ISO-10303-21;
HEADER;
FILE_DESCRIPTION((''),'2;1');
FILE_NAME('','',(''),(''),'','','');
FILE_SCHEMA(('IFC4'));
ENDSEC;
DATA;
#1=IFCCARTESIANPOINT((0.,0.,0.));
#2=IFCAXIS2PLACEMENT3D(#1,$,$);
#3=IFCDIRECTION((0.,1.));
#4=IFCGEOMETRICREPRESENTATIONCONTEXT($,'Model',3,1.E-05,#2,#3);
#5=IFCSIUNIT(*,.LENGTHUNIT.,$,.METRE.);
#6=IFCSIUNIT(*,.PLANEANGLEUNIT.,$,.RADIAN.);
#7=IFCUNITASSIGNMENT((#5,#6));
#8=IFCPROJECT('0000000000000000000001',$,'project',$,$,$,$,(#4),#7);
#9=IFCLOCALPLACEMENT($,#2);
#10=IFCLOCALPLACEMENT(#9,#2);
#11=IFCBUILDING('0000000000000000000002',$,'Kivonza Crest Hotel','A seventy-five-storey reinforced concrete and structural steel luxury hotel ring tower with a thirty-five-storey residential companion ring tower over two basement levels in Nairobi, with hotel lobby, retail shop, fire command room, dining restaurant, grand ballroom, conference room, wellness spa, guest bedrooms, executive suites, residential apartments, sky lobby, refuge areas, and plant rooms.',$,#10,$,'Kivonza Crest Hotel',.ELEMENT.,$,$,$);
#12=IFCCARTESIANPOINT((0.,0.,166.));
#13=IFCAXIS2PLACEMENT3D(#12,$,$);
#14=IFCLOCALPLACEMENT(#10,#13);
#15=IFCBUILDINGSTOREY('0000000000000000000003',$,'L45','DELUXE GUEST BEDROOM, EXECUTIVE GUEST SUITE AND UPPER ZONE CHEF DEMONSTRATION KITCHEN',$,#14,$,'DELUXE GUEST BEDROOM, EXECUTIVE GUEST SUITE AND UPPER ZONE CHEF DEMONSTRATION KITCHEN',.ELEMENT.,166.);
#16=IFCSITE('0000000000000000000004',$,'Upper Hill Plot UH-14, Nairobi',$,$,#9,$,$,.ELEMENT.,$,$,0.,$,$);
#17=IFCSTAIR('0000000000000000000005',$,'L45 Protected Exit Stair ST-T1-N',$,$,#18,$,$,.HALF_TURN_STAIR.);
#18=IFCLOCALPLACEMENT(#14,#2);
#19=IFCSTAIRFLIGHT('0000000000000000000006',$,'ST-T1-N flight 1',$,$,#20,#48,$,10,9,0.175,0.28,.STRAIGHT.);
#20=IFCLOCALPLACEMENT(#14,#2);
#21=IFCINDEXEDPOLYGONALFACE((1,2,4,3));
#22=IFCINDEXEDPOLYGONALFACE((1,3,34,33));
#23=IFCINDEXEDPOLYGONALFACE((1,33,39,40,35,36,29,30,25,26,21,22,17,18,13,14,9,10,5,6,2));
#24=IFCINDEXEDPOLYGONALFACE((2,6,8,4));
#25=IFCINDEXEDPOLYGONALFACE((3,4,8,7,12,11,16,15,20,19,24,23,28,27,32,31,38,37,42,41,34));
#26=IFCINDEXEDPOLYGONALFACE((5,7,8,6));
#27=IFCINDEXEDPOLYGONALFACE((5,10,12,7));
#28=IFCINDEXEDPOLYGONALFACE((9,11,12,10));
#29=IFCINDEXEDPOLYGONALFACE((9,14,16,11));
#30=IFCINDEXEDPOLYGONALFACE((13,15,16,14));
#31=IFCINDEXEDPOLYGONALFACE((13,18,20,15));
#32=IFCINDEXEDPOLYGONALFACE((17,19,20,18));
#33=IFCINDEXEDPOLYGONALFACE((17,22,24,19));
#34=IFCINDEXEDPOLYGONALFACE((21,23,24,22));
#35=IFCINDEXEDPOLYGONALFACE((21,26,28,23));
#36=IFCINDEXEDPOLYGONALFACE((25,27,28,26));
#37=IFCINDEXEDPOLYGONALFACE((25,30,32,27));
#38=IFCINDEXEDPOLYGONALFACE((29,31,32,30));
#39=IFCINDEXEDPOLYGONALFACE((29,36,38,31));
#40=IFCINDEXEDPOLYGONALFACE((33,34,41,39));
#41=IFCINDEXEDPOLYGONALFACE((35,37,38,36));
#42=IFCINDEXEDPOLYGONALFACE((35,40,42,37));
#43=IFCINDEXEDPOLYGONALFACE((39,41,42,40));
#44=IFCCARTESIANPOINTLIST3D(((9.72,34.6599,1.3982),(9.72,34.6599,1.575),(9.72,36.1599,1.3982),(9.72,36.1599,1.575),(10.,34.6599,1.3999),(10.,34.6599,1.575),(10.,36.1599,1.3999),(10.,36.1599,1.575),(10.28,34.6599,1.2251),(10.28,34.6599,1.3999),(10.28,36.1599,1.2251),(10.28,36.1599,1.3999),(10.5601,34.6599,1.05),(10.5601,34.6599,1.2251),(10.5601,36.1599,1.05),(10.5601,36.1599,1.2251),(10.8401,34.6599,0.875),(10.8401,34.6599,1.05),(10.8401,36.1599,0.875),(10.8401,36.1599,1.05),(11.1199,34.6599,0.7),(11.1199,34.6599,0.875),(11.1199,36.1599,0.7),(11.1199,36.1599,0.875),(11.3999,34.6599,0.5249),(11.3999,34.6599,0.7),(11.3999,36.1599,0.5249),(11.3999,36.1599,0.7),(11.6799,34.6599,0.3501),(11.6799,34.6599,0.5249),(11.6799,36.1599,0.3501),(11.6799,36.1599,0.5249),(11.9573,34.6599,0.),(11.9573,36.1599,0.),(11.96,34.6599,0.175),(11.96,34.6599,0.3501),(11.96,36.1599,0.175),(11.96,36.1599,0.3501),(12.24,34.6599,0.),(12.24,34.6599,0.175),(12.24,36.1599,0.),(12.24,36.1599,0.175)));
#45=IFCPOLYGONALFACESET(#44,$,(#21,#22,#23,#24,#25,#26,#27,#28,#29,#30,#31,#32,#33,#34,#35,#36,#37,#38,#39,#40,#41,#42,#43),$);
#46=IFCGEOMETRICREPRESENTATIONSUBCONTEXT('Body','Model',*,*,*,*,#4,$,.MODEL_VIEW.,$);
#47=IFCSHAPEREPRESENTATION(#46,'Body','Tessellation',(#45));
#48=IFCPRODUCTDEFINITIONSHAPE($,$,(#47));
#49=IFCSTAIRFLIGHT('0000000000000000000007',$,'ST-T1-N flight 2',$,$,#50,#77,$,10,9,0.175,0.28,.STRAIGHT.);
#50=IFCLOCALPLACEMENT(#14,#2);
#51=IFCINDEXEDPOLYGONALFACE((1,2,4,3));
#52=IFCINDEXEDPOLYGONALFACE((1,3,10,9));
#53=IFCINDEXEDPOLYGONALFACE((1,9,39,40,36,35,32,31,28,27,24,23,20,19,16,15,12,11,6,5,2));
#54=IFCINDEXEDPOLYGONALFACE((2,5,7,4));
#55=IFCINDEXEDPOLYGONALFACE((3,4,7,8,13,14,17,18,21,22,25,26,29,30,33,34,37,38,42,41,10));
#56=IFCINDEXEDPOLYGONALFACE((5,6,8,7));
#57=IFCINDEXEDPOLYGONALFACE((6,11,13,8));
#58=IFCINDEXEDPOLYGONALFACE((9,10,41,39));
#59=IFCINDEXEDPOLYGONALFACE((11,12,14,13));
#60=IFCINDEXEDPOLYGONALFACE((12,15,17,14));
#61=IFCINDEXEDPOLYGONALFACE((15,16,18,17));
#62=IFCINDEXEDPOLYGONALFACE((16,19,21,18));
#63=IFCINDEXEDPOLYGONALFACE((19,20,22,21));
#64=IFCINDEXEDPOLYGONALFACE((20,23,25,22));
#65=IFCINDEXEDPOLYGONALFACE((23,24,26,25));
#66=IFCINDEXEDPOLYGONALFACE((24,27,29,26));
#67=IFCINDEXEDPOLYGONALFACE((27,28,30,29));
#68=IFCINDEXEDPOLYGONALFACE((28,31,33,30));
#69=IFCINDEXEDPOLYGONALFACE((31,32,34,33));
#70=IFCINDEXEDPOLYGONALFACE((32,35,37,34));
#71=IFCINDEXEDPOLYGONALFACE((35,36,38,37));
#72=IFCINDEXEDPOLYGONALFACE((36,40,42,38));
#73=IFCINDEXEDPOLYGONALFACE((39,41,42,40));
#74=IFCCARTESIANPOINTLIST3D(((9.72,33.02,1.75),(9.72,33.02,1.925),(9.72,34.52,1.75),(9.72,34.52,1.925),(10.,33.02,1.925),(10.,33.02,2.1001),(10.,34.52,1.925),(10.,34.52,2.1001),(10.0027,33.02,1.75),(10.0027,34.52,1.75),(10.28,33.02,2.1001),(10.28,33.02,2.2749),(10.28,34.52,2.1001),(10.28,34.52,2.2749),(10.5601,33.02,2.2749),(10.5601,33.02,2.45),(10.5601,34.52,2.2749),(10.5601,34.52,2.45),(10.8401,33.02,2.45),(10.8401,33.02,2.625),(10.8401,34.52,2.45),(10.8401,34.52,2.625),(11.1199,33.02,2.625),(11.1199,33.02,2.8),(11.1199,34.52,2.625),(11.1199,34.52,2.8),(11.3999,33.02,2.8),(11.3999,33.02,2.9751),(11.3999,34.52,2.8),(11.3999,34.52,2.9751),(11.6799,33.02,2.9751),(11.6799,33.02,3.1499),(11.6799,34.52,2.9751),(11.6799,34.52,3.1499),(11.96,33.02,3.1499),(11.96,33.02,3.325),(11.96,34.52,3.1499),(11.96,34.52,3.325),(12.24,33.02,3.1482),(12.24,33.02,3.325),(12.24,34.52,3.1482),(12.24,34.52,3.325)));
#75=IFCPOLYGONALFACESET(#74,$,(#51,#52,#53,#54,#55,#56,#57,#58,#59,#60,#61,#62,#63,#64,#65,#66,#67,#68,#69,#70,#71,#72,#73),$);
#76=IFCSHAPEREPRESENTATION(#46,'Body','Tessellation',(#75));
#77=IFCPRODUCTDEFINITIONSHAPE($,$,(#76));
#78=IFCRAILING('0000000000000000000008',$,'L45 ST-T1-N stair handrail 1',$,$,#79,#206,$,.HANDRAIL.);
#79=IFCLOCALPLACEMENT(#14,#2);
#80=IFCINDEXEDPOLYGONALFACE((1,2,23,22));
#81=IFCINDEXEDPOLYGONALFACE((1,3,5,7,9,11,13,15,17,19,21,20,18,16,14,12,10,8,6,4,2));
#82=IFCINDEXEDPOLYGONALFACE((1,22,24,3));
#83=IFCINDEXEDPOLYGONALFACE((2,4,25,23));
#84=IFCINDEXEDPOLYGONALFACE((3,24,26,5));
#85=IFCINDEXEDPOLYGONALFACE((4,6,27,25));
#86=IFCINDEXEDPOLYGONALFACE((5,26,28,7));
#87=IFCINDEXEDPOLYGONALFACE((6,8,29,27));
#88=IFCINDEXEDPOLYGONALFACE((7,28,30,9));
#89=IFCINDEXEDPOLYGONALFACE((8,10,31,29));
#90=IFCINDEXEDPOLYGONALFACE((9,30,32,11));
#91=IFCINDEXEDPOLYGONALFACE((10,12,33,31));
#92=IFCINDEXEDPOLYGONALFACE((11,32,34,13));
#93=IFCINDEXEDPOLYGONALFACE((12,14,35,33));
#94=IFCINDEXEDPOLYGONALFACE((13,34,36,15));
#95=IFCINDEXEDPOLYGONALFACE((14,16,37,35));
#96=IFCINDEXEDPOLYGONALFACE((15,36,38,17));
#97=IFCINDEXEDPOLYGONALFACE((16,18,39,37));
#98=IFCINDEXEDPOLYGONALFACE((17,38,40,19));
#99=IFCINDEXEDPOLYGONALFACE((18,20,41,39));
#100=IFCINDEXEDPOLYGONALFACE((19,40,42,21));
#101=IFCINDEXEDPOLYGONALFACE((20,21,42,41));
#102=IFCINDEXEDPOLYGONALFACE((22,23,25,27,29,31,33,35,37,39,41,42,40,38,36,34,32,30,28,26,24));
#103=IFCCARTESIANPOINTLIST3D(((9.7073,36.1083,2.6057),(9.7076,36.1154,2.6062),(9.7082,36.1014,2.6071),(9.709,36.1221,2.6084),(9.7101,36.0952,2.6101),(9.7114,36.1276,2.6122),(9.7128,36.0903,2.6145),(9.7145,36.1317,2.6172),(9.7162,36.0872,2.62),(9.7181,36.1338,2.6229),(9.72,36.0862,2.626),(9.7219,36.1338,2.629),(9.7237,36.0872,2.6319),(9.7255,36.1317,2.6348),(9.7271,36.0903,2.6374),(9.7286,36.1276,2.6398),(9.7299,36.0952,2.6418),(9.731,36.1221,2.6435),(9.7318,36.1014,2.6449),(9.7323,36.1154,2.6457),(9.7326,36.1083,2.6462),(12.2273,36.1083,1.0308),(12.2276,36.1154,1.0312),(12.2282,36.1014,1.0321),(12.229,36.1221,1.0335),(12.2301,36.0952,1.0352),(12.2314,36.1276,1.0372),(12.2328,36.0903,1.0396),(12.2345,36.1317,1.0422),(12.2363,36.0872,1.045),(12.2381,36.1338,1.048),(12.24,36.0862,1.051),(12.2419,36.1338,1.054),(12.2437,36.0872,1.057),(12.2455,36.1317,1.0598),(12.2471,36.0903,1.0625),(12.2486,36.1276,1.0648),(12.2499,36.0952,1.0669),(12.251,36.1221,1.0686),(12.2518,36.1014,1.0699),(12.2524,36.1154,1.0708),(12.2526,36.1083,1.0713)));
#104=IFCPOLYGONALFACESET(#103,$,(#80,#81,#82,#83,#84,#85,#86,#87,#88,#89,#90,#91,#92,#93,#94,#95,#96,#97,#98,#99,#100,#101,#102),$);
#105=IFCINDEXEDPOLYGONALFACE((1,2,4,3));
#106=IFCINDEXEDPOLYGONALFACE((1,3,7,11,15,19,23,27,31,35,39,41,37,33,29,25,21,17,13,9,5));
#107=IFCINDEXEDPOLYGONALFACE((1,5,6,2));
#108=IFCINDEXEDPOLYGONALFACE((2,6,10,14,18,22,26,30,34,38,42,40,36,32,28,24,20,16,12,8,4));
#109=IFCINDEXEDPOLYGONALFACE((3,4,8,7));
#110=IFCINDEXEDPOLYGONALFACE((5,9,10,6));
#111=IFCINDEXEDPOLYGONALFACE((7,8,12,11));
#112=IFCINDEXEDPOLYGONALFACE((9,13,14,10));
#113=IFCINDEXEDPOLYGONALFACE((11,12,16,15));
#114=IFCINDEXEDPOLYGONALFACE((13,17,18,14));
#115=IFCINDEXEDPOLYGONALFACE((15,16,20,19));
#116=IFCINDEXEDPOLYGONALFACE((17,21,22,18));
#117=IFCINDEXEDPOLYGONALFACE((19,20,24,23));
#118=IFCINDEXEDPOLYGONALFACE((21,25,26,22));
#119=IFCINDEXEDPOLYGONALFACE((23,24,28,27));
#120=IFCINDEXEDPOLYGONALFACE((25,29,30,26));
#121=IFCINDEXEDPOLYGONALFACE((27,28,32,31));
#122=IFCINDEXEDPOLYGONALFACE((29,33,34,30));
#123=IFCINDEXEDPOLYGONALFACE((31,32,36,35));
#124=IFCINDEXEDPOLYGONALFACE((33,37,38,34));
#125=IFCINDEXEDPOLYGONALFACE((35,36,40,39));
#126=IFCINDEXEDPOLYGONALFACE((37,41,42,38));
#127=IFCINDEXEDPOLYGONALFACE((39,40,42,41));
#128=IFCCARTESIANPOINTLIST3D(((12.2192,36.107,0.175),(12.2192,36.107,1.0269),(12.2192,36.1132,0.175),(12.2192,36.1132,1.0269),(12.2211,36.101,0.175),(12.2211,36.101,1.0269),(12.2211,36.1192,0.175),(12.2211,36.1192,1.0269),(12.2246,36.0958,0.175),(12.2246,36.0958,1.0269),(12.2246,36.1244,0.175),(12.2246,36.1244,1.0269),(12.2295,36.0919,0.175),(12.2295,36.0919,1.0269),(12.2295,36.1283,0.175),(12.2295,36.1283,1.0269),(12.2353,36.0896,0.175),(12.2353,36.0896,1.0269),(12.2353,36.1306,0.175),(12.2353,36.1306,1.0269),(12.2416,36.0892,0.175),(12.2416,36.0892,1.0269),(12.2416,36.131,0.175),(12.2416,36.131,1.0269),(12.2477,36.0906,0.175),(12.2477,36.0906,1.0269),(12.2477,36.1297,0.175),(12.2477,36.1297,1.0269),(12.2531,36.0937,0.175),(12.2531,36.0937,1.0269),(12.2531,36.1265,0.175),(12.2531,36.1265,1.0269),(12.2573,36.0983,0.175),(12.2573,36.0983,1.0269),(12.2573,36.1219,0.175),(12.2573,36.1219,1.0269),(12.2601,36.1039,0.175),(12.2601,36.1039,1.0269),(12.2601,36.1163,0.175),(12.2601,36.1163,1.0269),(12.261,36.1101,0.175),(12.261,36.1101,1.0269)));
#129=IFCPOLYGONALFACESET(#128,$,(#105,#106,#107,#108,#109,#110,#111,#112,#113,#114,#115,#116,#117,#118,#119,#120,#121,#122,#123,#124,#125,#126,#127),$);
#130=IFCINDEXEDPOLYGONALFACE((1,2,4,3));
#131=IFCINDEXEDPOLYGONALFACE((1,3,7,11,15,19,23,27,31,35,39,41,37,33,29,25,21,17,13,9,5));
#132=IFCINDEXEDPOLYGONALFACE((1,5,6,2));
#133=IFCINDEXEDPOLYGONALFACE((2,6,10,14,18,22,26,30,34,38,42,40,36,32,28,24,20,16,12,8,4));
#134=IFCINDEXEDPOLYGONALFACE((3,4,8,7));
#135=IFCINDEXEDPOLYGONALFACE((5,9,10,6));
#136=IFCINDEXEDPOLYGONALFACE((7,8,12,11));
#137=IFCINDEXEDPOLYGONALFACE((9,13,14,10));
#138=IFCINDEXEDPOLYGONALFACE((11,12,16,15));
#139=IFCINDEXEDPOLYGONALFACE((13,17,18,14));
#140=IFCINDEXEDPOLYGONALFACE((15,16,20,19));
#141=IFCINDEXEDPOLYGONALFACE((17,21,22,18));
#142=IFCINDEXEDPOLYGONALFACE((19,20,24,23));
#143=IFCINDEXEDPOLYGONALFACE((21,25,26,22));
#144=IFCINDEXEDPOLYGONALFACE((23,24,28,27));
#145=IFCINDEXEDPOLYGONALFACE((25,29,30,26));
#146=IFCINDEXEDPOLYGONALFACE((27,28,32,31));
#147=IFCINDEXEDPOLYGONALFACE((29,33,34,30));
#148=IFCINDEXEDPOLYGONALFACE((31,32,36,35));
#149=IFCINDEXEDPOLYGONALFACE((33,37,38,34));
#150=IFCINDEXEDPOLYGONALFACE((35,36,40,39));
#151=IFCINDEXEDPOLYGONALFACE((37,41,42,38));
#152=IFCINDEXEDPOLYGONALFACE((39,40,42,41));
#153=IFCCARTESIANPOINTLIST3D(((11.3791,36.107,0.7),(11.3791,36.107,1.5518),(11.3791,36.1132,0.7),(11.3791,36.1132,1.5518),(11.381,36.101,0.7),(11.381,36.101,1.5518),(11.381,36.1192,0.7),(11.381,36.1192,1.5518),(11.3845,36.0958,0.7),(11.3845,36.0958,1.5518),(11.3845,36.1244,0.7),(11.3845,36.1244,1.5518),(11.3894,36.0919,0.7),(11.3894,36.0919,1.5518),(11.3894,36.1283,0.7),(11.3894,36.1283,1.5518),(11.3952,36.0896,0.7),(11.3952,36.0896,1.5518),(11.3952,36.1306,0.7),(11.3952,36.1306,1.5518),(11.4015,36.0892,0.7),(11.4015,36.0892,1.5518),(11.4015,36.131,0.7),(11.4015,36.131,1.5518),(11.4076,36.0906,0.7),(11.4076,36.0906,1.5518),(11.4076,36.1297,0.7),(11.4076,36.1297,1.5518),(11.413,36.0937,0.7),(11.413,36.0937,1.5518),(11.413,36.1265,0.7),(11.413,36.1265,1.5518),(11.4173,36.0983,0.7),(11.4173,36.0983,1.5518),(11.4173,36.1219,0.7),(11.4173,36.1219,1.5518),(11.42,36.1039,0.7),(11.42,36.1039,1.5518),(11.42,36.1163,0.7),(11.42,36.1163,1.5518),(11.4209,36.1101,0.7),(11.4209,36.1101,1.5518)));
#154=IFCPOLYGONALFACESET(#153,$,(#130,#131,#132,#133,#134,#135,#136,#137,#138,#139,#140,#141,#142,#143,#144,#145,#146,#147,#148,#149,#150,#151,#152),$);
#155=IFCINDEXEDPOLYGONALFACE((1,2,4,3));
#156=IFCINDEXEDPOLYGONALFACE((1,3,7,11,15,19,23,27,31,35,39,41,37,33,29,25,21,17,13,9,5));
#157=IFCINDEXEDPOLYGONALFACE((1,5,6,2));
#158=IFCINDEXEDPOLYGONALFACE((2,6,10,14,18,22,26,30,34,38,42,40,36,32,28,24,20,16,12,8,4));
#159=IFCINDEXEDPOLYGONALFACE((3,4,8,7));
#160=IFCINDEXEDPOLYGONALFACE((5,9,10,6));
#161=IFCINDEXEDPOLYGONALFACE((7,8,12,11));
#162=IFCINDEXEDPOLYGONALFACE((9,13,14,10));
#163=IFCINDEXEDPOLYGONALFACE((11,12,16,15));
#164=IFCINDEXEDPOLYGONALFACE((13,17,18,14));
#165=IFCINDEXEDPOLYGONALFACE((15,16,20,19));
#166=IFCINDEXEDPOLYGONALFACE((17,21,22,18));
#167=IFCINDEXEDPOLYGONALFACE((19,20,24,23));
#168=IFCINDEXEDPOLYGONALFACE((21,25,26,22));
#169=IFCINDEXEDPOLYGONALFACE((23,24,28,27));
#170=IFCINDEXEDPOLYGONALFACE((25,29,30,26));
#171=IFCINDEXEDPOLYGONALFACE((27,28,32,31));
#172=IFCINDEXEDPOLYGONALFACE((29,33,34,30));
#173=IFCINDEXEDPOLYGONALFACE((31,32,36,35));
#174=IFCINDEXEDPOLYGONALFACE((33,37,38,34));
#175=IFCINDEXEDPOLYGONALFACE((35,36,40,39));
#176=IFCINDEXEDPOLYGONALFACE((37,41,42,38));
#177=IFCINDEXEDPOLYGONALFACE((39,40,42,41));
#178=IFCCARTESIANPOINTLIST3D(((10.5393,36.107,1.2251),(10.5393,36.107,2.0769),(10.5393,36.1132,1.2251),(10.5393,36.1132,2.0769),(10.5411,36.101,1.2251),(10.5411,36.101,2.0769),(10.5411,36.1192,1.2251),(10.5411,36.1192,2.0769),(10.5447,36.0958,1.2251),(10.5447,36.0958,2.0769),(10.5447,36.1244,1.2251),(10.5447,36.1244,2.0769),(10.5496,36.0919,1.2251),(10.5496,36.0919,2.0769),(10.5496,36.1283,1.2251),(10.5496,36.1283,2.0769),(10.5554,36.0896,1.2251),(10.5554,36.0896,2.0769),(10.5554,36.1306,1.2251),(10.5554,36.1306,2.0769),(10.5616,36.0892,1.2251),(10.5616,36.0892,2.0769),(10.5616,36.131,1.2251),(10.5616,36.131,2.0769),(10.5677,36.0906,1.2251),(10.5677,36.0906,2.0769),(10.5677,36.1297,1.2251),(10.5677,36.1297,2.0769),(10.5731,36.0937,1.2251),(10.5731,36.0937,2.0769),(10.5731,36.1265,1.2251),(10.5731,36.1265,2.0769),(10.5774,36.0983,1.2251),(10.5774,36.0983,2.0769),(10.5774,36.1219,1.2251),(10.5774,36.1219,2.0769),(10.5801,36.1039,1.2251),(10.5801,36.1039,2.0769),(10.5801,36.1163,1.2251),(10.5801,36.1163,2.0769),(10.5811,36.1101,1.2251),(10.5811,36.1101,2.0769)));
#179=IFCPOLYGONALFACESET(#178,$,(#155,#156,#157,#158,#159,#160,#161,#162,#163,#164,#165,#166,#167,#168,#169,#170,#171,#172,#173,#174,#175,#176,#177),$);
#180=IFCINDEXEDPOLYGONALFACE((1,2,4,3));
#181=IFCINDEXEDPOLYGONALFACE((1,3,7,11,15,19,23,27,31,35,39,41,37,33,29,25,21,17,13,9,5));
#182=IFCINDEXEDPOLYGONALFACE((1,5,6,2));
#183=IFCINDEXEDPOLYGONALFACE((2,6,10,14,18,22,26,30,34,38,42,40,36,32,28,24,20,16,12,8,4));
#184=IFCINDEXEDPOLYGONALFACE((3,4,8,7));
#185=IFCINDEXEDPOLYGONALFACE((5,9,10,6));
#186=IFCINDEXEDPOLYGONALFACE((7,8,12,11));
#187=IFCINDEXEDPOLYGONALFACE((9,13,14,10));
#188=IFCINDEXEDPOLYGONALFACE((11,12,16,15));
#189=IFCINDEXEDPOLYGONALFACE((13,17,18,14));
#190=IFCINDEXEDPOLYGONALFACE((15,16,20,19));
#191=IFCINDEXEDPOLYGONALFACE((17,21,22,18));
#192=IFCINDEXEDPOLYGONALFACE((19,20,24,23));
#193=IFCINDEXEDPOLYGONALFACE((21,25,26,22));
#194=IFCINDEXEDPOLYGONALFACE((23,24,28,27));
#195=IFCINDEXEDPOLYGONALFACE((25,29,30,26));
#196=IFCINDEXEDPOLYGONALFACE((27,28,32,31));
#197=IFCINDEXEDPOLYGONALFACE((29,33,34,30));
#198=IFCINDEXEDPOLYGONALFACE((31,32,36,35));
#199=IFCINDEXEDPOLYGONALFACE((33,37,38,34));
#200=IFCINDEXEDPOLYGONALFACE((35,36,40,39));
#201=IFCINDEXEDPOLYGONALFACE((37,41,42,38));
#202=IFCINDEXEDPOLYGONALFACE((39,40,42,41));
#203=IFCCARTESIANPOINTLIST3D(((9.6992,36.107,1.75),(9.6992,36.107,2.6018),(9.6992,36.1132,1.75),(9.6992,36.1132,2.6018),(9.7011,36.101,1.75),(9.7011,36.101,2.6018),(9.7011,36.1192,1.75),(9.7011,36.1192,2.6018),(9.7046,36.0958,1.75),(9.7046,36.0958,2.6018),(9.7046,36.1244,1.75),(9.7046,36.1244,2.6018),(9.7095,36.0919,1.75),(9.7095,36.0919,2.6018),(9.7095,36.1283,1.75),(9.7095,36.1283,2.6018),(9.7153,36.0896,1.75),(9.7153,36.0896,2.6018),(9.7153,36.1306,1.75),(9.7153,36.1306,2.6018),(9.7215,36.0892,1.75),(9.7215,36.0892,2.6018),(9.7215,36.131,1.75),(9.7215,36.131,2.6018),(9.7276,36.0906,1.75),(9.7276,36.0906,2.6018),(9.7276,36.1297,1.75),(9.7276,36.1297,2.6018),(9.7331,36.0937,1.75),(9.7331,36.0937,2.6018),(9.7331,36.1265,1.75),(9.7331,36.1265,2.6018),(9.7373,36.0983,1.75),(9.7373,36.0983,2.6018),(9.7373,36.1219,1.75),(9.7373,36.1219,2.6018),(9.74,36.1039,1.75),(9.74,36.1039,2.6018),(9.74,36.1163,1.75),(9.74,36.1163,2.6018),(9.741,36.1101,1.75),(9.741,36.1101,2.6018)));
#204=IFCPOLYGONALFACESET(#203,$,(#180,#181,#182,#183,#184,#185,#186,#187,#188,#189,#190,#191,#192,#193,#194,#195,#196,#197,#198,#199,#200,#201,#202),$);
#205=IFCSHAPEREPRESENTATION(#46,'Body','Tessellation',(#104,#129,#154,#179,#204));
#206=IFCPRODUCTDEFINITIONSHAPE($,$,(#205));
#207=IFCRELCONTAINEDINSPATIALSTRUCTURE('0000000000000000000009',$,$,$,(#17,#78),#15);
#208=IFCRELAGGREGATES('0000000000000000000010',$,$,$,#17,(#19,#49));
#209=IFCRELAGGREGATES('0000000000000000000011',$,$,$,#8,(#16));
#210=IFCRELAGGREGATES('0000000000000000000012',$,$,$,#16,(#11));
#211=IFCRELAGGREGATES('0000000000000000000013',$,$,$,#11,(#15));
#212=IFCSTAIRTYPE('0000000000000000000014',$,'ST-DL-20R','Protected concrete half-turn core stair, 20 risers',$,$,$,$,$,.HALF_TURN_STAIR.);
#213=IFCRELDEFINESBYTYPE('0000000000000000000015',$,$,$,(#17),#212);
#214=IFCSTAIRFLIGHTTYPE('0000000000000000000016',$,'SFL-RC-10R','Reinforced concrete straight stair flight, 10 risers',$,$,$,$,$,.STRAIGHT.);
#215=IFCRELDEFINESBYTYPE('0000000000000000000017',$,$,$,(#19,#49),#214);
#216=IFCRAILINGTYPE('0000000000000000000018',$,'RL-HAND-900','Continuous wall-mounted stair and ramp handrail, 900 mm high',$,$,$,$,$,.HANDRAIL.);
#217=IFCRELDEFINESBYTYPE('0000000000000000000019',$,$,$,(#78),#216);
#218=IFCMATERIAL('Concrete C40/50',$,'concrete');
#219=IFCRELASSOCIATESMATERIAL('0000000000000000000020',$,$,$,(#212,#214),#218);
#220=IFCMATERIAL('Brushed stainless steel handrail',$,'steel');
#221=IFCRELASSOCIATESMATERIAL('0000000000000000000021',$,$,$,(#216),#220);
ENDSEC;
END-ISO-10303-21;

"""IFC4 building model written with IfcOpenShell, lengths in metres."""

from ifc_helpers import new_model, si_unit, direction, frame, origin, origin_2d, place, context, subcontext, project, spatial, polyline, circle, outline, extrude, material, type_object, element, aggregate, save


model = new_model("IFC4")

# Units and contexts
model_context = context("Model", 3, precision=1e-05, world=origin(), true_north=direction((0.0, 1.0)))
body_context = subcontext(model_context, "Body", "Model", "MODEL_VIEW")
ifc_project = project(units=[si_unit("LENGTHUNIT", "METRE"), si_unit("PLANEANGLEUNIT", "RADIAN")], contexts=[model_context])

# Site, building, storey
site_placement = place(None, origin())
site = spatial("IfcSite", under=ifc_project, at=site_placement, Name="Upper Hill Plot UH-14, Nairobi", CompositionType="ELEMENT", RefElevation=0.0)
building_placement = place(site_placement, origin())
building = spatial("IfcBuilding", under=site, at=building_placement, Name="Kivonza Crest Hotel", Description="A seventy-five-storey reinforced concrete and structural steel luxury hotel ring tower with a thirty-five-storey residential companion ring tower over two basement levels in Nairobi, with hotel lobby, retail shop, fire command room, dining restaurant, grand ballroom, conference room, wellness spa, guest bedrooms, executive suites, residential apartments, sky lobby, refuge areas, and plant rooms.", LongName="Kivonza Crest Hotel", CompositionType="ELEMENT")
storey_placement = place(building_placement, frame((0.0, 0.0, 166.0)))
storey = spatial("IfcBuildingStorey", under=building, at=storey_placement, Name="L45", Description="DELUXE GUEST BEDROOM, EXECUTIVE GUEST SUITE AND UPPER ZONE CHEF DEMONSTRATION KITCHEN", LongName="DELUXE GUEST BEDROOM, EXECUTIVE GUEST SUITE AND UPPER ZONE CHEF DEMONSTRATION KITCHEN", CompositionType="ELEMENT", Elevation=166.0)

# Stair, stair flights
ifc_material_1 = material(Name="Concrete C40/50", Category="concrete")
stair_type = type_object("IfcStairType", Name="ST-DL-20R", Description="Protected concrete half-turn core stair, 20 risers", PredefinedType="HALF_TURN_STAIR", material=ifc_material_1)
stair_placement = place(storey_placement, origin())
stair = element("IfcStair", 1, at=stair_placement, inside=storey, type_object=stair_type, Name="L45 Protected Exit Stair ST-T1-N", PredefinedType="HALF_TURN_STAIR")
stair_flight_type = type_object("IfcStairFlightType", Name="SFL-RC-10R", Description="Reinforced concrete straight stair flight, 10 risers", PredefinedType="STRAIGHT", material=ifc_material_1)
stair_flight_1_placement = place(storey_placement, frame((12.24, 35.4099, 0.0), z_axis=(0.0, 0.0, 1.0), x_axis=(-1.0, 0.0, 0.0)))
stair_flight_1 = element("IfcStairFlight", 2, at=stair_flight_1_placement, type_object=stair_flight_type, Name="ST-T1-N flight 1", NumberOfRisers=10, NumberOfTreads=9, PredefinedType="STRAIGHT", RiserHeight=0.175, TreadLength=0.28, context=body_context, shape_type="SweptSolid", body=[
    extrude(outline(polyline([(0.0, 0.0), (0.0, 0.175), (0.28, 0.175), (0.28, 0.3501), (0.5601, 0.3501), (0.5601, 0.5249), (0.8401, 0.5249), (0.8401, 0.7), (1.1201, 0.7), (1.1201, 0.875), (1.3999, 0.875), (1.3999, 1.05), (1.6799, 1.05), (1.6799, 1.2251), (1.96, 1.2251), (1.96, 1.3999), (2.24, 1.3999), (2.24, 1.575), (2.52, 1.575), (2.52, 1.75), (2.52, 1.3982), (0.2827, 0.0), (0.0, 0.0)])), frame((0.0, 0.75, 0.0), z_axis=(0.0, -1.0, 0.0), x_axis=(1.0, 0.0, 0.0)), (0.0, 0.0, 1.0), 1.5),
])
stair_flight_2_placement = place(storey_placement, frame((9.72, 33.77, 1.75), z_axis=(0.0, 0.0, 1.0), x_axis=(1.0, 0.0, 0.0)))
stair_flight_2 = element("IfcStairFlight", 3, at=stair_flight_2_placement, type_object=stair_flight_type, Name="ST-T1-N flight 2", NumberOfRisers=10, NumberOfTreads=9, PredefinedType="STRAIGHT", RiserHeight=0.175, TreadLength=0.28, context=body_context, shape_type="SweptSolid", body=[
    extrude(outline(polyline([(0.0, 0.0), (0.0, 0.175), (0.28, 0.175), (0.28, 0.3501), (0.5601, 0.3501), (0.5601, 0.5249), (0.8401, 0.5249), (0.8401, 0.7), (1.1201, 0.7), (1.1201, 0.875), (1.3999, 0.875), (1.3999, 1.05), (1.6799, 1.05), (1.6799, 1.2251), (1.96, 1.2251), (1.96, 1.3999), (2.24, 1.3999), (2.24, 1.575), (2.52, 1.575), (2.52, 1.75), (2.52, 1.3982), (0.2827, 0.0), (0.0, 0.0)])), frame((0.0, 0.75, 0.0), z_axis=(0.0, -1.0, 0.0), x_axis=(1.0, 0.0, 0.0)), (0.0, 0.0, 1.0), 1.5),
])
aggregate(stair, [stair_flight_1, stair_flight_2])

# Railing
ifc_material_2 = material(Name="Brushed stainless steel handrail", Category="steel")
railing_type_1 = type_object("IfcRailingType", Name="RL-HAND-900", Description="Continuous wall-mounted stair and ramp handrail, 900 mm high", PredefinedType="HANDRAIL", material=ifc_material_2)
railing_1_placement = place(storey_placement, frame((12.24, 36.1101, 0.175)))
element("IfcRailing", 4, at=railing_1_placement, inside=storey, type_object=railing_type_1, Name="L45 ST-T1-N stair handrail 1", PredefinedType="HANDRAIL", context=body_context, shape_type="SweptSolid", body=[
    extrude(circle(Radius=0.0239, at=origin_2d()), frame((0.0, 0.0, 0.876), z_axis=(-0.848008, 0.0, 0.529984), x_axis=(0.0, -1.0, 0.0)), (0.0, 0.0, 1.0), 2.9717),
    extrude(circle(Radius=0.021, at=origin_2d()), origin(), (0.0, 0.0, 1.0), 0.8518),
    extrude(circle(Radius=0.021, at=origin_2d()), frame((-0.8401, 0.0, 0.5249)), (0.0, 0.0, 1.0), 0.8518),
    extrude(circle(Radius=0.021, at=origin_2d()), frame((-1.6799, 0.0, 1.05)), (0.0, 0.0, 1.0), 0.8518),
    extrude(circle(Radius=0.021, at=origin_2d()), frame((-2.52, 0.0, 1.575)), (0.0, 0.0, 1.0), 0.8518),
])

save(model, "model.ifc")
